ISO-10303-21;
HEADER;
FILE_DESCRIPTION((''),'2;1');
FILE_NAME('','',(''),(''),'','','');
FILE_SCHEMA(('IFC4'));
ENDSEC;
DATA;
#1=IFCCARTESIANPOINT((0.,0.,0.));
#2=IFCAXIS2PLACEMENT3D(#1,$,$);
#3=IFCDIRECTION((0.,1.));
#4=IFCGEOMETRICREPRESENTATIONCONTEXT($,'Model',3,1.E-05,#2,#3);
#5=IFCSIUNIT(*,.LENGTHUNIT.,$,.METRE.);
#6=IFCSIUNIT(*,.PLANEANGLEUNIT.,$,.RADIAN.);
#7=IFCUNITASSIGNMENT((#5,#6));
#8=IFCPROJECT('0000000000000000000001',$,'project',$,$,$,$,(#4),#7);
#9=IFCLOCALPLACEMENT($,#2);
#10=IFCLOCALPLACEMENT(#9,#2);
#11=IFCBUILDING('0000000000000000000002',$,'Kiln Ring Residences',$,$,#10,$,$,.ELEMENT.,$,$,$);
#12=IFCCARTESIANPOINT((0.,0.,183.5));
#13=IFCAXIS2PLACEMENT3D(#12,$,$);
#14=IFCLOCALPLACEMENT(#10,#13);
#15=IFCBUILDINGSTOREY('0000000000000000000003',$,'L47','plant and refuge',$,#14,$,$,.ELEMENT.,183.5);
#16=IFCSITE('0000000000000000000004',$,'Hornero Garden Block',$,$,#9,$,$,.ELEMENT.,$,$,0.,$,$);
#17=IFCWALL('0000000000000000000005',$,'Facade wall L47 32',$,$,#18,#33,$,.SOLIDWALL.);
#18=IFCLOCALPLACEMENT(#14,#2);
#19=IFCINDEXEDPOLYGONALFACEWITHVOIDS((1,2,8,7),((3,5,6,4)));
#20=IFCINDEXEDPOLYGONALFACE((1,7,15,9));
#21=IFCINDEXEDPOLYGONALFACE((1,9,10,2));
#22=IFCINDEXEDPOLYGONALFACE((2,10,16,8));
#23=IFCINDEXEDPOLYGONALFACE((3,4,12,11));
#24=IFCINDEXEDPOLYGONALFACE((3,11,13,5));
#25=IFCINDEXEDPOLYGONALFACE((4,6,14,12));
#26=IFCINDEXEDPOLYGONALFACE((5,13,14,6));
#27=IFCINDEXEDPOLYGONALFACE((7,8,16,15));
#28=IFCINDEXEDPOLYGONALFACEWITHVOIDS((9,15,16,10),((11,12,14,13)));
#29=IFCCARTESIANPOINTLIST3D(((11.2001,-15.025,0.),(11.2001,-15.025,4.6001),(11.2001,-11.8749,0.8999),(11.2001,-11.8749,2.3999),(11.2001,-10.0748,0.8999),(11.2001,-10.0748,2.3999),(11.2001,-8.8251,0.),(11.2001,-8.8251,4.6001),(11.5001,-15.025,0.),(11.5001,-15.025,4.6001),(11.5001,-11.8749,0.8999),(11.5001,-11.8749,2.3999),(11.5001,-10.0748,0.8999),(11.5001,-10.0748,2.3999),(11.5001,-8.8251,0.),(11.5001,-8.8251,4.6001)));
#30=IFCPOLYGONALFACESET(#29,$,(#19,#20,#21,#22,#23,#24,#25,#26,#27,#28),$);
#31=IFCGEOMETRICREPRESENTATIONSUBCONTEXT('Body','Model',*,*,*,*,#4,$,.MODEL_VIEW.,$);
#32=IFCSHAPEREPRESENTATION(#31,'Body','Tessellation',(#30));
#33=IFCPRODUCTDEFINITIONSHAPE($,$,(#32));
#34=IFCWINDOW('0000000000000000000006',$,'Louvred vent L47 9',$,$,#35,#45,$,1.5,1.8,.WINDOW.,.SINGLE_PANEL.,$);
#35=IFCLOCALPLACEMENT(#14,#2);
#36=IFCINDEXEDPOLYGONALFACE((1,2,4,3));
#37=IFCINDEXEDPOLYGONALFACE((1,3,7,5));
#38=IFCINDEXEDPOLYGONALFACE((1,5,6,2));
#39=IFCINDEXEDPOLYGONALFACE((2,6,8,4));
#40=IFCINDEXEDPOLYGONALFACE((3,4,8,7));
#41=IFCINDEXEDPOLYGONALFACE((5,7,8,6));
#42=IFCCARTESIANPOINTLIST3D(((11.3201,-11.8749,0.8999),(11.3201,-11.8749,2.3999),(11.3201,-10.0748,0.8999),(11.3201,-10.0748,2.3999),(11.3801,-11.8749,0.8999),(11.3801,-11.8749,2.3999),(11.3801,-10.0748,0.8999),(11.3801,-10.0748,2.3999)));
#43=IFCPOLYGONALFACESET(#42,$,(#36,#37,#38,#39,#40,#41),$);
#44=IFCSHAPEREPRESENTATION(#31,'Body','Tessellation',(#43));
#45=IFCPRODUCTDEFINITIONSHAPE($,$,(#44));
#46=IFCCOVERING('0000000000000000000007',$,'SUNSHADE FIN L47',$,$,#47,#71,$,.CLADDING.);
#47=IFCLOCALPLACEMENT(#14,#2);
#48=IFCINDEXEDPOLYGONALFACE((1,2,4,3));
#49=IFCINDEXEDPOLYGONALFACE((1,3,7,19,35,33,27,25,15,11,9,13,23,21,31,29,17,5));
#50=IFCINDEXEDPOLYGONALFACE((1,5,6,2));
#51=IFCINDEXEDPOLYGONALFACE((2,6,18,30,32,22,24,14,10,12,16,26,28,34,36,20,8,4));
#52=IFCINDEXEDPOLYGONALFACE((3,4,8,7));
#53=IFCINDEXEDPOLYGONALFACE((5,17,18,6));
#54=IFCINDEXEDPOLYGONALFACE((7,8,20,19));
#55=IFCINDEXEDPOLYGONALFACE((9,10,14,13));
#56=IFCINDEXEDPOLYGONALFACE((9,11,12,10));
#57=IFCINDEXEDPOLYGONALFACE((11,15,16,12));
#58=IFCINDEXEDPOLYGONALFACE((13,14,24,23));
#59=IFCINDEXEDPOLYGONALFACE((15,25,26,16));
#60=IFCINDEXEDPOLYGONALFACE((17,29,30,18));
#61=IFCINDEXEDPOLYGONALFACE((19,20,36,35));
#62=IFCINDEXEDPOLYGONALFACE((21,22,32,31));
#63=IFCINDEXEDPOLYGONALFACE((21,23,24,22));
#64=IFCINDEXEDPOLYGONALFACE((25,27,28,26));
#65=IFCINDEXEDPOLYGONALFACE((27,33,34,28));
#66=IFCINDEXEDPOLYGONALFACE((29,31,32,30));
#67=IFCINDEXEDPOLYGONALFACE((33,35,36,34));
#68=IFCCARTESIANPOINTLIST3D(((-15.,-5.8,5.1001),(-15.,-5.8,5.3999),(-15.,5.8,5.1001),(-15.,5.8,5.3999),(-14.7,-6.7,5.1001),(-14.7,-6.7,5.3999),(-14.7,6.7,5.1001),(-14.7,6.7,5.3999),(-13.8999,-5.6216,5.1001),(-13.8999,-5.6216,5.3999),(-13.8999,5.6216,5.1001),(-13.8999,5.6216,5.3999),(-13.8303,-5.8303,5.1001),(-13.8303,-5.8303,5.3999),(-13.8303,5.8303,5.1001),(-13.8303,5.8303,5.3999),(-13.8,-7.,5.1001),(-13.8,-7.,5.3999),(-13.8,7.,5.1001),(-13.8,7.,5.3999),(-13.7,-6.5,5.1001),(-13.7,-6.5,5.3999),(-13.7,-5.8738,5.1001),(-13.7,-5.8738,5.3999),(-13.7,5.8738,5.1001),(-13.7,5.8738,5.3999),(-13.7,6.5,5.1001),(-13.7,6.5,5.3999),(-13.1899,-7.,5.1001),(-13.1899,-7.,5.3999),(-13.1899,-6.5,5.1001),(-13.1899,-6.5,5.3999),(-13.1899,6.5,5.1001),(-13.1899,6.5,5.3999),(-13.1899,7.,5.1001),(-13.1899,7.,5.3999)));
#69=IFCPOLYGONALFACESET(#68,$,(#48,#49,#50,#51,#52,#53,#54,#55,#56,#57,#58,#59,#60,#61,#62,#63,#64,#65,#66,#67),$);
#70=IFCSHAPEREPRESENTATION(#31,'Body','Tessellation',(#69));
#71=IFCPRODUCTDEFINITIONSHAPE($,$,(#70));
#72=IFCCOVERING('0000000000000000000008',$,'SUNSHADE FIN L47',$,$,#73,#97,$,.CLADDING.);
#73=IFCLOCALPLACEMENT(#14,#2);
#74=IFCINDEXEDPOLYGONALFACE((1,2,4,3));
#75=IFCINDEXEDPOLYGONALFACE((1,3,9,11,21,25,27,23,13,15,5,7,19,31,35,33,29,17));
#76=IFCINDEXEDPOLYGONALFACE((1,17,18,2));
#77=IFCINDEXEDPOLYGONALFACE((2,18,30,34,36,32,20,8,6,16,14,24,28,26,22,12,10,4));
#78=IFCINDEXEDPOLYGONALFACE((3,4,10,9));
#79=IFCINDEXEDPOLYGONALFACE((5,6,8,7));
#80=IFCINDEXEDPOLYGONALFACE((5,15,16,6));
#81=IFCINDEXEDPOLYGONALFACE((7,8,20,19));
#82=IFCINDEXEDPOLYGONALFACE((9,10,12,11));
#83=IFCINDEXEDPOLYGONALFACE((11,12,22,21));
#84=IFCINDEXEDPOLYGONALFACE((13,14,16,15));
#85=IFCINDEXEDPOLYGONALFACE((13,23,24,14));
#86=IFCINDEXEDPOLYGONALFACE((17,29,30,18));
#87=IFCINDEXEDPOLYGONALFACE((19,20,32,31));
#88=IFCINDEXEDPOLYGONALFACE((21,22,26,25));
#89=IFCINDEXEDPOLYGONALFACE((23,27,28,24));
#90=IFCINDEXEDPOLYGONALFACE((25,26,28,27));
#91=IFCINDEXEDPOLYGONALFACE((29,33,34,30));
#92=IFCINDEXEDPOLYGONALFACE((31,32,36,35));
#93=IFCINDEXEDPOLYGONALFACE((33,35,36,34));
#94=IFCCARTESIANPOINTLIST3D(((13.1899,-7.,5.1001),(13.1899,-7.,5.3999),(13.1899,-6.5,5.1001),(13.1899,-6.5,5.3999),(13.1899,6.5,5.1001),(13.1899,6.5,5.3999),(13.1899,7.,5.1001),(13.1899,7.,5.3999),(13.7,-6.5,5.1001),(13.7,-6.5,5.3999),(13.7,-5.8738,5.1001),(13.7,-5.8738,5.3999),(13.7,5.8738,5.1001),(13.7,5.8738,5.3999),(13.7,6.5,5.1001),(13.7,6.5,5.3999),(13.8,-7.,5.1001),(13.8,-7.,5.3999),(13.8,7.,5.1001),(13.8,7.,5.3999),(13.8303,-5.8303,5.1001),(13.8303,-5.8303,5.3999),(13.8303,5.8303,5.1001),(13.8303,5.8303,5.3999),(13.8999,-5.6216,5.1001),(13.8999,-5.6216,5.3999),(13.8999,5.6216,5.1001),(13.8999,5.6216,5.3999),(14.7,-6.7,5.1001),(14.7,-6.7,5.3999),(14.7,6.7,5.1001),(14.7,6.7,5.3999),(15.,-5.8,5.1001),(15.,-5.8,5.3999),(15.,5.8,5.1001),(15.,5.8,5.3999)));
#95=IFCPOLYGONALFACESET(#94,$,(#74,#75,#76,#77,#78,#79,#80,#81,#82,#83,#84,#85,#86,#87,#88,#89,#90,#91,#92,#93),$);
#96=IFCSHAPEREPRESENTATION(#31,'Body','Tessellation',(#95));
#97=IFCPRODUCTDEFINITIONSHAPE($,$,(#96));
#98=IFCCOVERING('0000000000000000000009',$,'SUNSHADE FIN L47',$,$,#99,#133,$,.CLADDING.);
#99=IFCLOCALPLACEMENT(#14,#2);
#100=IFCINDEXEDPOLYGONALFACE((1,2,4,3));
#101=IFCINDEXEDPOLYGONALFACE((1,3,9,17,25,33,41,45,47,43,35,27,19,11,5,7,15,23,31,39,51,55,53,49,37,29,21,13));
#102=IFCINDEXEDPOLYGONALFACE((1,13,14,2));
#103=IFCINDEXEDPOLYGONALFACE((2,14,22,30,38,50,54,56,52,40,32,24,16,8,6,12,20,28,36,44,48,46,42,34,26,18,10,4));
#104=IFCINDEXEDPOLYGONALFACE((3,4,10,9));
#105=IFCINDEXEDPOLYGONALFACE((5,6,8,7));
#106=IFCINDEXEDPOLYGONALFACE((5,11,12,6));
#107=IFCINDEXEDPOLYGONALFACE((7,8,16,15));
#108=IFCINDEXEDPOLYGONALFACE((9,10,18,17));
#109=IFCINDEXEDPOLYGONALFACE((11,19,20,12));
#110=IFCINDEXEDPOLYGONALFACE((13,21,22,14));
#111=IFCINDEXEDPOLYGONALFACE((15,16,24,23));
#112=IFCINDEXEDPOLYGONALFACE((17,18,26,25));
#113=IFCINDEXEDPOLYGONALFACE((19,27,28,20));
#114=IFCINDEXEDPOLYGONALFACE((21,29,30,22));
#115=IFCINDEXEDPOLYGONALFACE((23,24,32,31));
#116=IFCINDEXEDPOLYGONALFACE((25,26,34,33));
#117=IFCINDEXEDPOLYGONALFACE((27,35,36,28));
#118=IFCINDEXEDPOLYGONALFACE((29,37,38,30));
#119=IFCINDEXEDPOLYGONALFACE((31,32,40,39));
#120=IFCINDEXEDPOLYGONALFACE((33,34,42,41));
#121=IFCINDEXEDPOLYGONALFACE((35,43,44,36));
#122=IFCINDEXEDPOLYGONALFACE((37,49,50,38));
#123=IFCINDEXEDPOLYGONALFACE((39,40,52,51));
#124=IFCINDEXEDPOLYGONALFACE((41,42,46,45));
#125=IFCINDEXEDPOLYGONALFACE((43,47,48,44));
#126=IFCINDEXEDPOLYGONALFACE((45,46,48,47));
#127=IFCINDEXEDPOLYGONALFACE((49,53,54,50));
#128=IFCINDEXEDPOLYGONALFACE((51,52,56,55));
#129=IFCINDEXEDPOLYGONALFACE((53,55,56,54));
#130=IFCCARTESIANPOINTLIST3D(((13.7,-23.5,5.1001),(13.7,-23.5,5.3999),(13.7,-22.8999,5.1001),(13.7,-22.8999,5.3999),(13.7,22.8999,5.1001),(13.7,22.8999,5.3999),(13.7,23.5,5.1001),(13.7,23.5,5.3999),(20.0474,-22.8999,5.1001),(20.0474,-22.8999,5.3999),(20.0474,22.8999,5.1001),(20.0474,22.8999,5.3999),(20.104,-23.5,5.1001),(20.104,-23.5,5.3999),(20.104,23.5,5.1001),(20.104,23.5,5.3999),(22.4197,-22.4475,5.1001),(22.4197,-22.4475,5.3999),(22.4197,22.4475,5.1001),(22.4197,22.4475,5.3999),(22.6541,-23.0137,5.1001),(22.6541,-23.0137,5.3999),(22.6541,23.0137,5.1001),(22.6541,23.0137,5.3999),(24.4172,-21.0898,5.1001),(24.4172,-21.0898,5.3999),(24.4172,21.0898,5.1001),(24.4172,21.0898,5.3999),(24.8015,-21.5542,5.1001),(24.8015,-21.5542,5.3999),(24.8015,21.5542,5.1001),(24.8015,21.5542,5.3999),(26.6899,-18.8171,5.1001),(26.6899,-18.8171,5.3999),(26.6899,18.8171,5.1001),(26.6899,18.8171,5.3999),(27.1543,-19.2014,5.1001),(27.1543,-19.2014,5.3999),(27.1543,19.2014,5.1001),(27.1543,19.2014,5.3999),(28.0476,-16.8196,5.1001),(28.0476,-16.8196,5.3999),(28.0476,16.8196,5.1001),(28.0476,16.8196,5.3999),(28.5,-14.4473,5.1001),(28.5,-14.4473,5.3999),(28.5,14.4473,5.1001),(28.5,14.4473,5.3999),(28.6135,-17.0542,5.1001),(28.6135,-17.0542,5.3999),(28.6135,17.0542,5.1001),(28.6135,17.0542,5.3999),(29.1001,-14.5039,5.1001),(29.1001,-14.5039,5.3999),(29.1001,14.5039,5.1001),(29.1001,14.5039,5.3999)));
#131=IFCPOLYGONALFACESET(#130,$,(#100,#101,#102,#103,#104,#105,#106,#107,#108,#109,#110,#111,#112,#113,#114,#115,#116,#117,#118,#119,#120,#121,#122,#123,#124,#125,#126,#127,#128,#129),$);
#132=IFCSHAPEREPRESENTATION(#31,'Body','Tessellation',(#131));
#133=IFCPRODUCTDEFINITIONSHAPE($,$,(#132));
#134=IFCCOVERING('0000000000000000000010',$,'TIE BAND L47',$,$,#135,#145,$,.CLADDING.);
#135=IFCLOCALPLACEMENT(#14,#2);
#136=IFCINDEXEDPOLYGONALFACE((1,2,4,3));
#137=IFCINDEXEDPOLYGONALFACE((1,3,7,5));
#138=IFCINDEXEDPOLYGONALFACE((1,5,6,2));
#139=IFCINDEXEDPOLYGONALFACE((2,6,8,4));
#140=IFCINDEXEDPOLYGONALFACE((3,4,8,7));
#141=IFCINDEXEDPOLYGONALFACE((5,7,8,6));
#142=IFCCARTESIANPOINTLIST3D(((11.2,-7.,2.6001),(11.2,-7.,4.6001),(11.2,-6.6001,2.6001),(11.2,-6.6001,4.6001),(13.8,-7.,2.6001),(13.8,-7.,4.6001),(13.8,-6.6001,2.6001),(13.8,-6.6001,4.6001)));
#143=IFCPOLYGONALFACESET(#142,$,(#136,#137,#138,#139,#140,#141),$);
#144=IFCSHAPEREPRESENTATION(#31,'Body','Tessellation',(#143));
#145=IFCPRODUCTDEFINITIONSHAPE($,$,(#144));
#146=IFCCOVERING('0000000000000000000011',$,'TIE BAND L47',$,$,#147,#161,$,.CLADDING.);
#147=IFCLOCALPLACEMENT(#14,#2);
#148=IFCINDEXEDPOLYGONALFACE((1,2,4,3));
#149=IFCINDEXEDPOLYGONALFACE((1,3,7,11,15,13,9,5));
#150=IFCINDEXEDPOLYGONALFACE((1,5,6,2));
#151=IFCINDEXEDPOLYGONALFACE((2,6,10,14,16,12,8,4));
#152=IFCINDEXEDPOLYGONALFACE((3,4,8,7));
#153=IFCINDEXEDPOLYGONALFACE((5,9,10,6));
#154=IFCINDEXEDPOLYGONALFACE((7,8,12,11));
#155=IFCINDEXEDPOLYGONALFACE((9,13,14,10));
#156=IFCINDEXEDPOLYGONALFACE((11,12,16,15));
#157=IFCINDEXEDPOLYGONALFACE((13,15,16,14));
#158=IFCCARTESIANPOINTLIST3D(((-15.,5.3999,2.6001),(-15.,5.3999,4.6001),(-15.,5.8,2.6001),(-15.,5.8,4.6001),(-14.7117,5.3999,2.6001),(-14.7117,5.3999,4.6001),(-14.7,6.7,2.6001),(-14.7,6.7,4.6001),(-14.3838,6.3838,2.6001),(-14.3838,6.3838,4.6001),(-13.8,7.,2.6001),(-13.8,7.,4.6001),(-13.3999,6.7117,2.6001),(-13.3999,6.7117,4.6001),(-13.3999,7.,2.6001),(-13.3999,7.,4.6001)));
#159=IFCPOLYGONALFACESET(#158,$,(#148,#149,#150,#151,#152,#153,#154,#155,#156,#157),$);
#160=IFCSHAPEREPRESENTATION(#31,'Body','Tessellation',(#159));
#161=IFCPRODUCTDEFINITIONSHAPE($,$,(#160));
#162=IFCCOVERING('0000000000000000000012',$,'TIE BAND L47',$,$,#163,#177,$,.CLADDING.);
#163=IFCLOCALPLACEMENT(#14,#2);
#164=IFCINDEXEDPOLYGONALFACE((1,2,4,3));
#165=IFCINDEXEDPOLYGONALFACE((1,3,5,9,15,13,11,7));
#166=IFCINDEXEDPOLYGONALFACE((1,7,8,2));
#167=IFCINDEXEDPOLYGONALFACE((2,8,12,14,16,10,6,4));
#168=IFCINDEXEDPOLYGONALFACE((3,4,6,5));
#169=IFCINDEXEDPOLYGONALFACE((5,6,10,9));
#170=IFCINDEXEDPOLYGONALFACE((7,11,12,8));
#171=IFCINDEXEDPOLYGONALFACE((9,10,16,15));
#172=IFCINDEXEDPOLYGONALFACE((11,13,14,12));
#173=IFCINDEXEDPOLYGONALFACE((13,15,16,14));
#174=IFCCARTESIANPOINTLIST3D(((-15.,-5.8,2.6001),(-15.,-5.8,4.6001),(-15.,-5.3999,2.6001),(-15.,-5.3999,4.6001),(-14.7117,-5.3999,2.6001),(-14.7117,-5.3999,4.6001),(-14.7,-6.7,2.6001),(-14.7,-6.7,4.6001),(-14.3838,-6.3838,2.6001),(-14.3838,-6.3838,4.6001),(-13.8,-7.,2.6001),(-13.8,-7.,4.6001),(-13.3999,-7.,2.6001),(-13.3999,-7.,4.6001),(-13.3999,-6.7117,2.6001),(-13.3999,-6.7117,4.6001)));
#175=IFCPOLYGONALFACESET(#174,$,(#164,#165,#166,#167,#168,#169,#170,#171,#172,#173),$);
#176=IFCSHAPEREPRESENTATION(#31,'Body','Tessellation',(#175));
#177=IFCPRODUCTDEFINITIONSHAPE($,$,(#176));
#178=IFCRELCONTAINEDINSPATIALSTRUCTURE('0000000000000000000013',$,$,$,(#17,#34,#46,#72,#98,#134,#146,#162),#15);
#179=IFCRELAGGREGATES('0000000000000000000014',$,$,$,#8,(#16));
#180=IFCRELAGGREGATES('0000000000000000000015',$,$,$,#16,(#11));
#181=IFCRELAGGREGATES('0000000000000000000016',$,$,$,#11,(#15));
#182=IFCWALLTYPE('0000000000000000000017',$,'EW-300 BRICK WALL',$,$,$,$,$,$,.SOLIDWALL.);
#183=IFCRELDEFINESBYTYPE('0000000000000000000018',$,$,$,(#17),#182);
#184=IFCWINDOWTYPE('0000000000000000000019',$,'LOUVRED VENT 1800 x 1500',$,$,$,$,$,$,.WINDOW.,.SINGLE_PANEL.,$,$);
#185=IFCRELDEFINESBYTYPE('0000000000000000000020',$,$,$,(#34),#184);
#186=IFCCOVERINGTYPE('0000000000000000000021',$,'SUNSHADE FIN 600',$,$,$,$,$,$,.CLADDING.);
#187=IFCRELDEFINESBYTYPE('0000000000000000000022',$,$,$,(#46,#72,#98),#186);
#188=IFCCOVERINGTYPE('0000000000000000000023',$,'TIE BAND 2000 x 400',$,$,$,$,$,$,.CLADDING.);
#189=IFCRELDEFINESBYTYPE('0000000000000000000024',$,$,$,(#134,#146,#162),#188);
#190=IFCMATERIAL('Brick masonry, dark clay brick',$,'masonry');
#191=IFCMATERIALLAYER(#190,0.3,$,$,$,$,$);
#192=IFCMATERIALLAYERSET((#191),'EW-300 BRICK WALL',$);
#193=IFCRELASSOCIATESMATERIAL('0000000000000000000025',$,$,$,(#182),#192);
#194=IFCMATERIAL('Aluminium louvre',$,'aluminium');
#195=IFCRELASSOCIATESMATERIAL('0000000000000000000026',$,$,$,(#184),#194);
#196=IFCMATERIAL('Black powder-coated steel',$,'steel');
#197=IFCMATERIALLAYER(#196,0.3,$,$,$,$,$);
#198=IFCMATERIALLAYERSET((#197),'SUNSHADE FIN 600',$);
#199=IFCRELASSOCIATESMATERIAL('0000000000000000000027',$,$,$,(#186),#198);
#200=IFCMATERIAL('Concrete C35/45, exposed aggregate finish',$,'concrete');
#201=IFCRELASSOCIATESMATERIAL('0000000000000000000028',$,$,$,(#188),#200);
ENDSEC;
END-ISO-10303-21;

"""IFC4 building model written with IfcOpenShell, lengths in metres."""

from ifc_helpers import new_model, si_unit, direction, frame, frame_2d, origin, origin_2d, place, context, subcontext, project, spatial, polyline, rectangle, outline, extrude, material, layer, layer_set, type_object, element, fill, save


model = new_model("IFC4")

# Units and contexts
model_context = context("Model", 3, precision=1e-05, world=origin(), true_north=direction((0.0, 1.0)))
body_context = subcontext(model_context, "Body", "Model", "MODEL_VIEW")
ifc_project = project(units=[si_unit("LENGTHUNIT", "METRE"), si_unit("PLANEANGLEUNIT", "RADIAN")], contexts=[model_context])

# Site, building, storey
site_placement = place(None, origin())
site = spatial("IfcSite", under=ifc_project, at=site_placement, Name="Hornero Garden Block", CompositionType="ELEMENT", RefElevation=0.0)
building_placement = place(site_placement, origin())
building = spatial("IfcBuilding", under=site, at=building_placement, Name="Kiln Ring Residences", CompositionType="ELEMENT")
storey_placement = place(building_placement, frame((0.0, 0.0, 183.5)))
storey = spatial("IfcBuildingStorey", under=building, at=storey_placement, Name="L47", Description="plant and refuge", CompositionType="ELEMENT", Elevation=183.5)

# Shared definitions
ifc_material_1 = material(Name="Brick masonry, dark clay brick", Category="masonry")
ifc_layer_1 = layer(ifc_material_1, 0.3)
ifc_layer_set_1 = layer_set([ifc_layer_1], Name="EW-300 BRICK WALL")
wall_type_1 = type_object("IfcWallType", Name="EW-300 BRICK WALL", PredefinedType="SOLIDWALL", material=ifc_layer_set_1)

# Wall, opening, window
wall_1_placement = place(storey_placement, frame((11.3501, -8.825, 0.0), z_axis=(0.0, 0.0, 1.0), x_axis=(0.0, -1.0, 0.0)))
wall_1 = element("IfcWall", 1, at=wall_1_placement, inside=storey, type_object=wall_type_1, Name="Facade wall L47 32", PredefinedType="SOLIDWALL", context=body_context, shape_type="SweptSolid", body=[
    extrude(rectangle(XDim=6.2, YDim=0.3, at=frame_2d((3.1001, 0.0))), origin(), (0.0, 0.0, 1.0), 4.6001),
])
opening_1_placement = place(wall_1_placement, frame((1.25, 0.0, 0.8999)))
opening_1 = element("IfcOpeningElement", 2, at=opening_1_placement, cuts=wall_1, PredefinedType="OPENING", context=body_context, shape_type="SweptSolid", body=[
    extrude(rectangle(XDim=1.8, YDim=1.5, at=frame_2d((0.8999, 0.75))), frame((0.0, 0.1599, 0.0), z_axis=(0.0, -1.0, 0.0), x_axis=(1.0, 0.0, 0.0)), (0.0, 0.0, 1.0), 0.3201),
])
ifc_material_2 = material(Name="Aluminium louvre", Category="aluminium")
window_type = type_object("IfcWindowType", Name="LOUVRED VENT 1800 x 1500", PartitioningType="SINGLE_PANEL", PredefinedType="WINDOW", material=ifc_material_2)
window_placement = place(opening_1_placement, origin())
window = element("IfcWindow", 3, at=window_placement, inside=storey, type_object=window_type, Name="Louvred vent L47 9", OverallHeight=1.5, OverallWidth=1.8, PartitioningType="SINGLE_PANEL", PredefinedType="WINDOW", context=body_context, shape_type="SweptSolid", body=[
    extrude(rectangle(XDim=1.8, YDim=1.5, at=frame_2d((0.8999, 0.75))), frame((0.0, 0.03, 0.0), z_axis=(0.0, -1.0, 0.0), x_axis=(1.0, 0.0, 0.0)), (0.0, 0.0, 1.0), 0.0601),
])
fill(opening_1, window)

# Coverings
ifc_material_3 = material(Name="Black powder-coated steel", Category="steel")
ifc_layer_2 = layer(ifc_material_3, 0.3)
ifc_layer_set_2 = layer_set([ifc_layer_2], Name="SUNSHADE FIN 600")
covering_type_1 = type_object("IfcCoveringType", Name="SUNSHADE FIN 600", PredefinedType="CLADDING", material=ifc_layer_set_2)
placement_1 = place(storey_placement, frame((0.0, 0.0, 5.1001)))
element("IfcCovering", 4, at=placement_1, inside=storey, type_object=covering_type_1, Name="SUNSHADE FIN L47", PredefinedType="CLADDING", context=body_context, shape_type="SweptSolid", body=[
    extrude(outline(polyline([(-13.7, 5.8738), (-13.7, 6.5), (-13.1899, 6.5), (-13.1899, 7.0), (-13.8, 7.0), (-14.7, 6.7), (-15.0, 5.8), (-15.0, -5.8), (-14.7, -6.7), (-13.8, -7.0), (-13.1899, -7.0), (-13.1899, -6.5), (-13.7, -6.5), (-13.7, -5.8738), (-13.8303, -5.8303), (-13.8999, -5.6216), (-13.8999, 5.6216), (-13.8303, 5.8303), (-13.7, 5.8738)])), origin(), (0.0, 0.0, 1.0), 0.2998),
])
element("IfcCovering", 5, at=placement_1, inside=storey, type_object=covering_type_1, Name="SUNSHADE FIN L47", PredefinedType="CLADDING", context=body_context, shape_type="SweptSolid", body=[
    extrude(outline(polyline([(13.1899, 6.5), (13.7, 6.5), (13.7, 5.8738), (13.8303, 5.8303), (13.8999, 5.6216), (13.8999, -5.6216), (13.8303, -5.8303), (13.7, -5.8738), (13.7, -6.5), (13.1899, -6.5), (13.1899, -7.0), (13.8, -7.0), (14.7, -6.7), (15.0, -5.8), (15.0, 5.8), (14.7, 6.7), (13.8, 7.0), (13.1899, 7.0), (13.1899, 6.5)])), origin(), (0.0, 0.0, 1.0), 0.2998),
])
element("IfcCovering", 6, at=placement_1, inside=storey, type_object=covering_type_1, Name="SUNSHADE FIN L47", PredefinedType="CLADDING", context=body_context, shape_type="SweptSolid", body=[
    extrude(outline(polyline([(20.104, 23.5), (13.7, 23.5), (13.7, 22.8999), (20.0474, 22.8999), (22.4197, 22.4475), (24.4172, 21.0898), (26.6899, 18.8171), (28.0476, 16.8196), (28.5, 14.4473), (28.5, -14.4473), (28.0476, -16.8196), (26.6899, -18.8171), (24.4172, -21.0898), (22.4197, -22.4475), (20.0474, -22.8999), (13.7, -22.8999), (13.7, -23.5), (20.104, -23.5), (22.6541, -23.0137), (24.8015, -21.5542), (27.1543, -19.2014), (28.6135, -17.0542), (29.1001, -14.5039), (29.1001, 14.5039), (28.6135, 17.0542), (27.1543, 19.2014), (24.8015, 21.5542), (22.6541, 23.0137), (20.104, 23.5)])), origin(), (0.0, 0.0, 1.0), 0.2998),
])
ifc_material_4 = material(Name="Concrete C35/45, exposed aggregate finish", Category="concrete")
covering_type_2 = type_object("IfcCoveringType", Name="TIE BAND 2000 x 400", PredefinedType="CLADDING", material=ifc_material_4)
covering_1_placement = place(storey_placement, frame((12.5, -6.8, 2.6001), z_axis=(0.0, 0.0, 1.0), x_axis=(-1.0, 0.0, 0.0)))
element("IfcCovering", 7, at=covering_1_placement, inside=storey, type_object=covering_type_2, Name="TIE BAND L47", PredefinedType="CLADDING", context=body_context, shape_type="SweptSolid", body=[
    extrude(rectangle(XDim=2.6001, YDim=0.3999, at=origin_2d()), origin(), (0.0, 0.0, 1.0), 2.0),
])
placement_2 = place(storey_placement, frame((0.0, 0.0, 2.6001)))
element("IfcCovering", 8, at=placement_2, inside=storey, type_object=covering_type_2, Name="TIE BAND L47", PredefinedType="CLADDING", context=body_context, shape_type="SweptSolid", body=[
    extrude(outline(polyline([(-15.0, 5.8), (-15.0, 5.3999), (-14.7117, 5.3999), (-14.3838, 6.3838), (-13.3999, 6.7117), (-13.3999, 7.0), (-13.8, 7.0), (-14.7, 6.7), (-15.0, 5.8)])), origin(), (0.0, 0.0, 1.0), 2.0),
])
element("IfcCovering", 9, at=placement_2, inside=storey, type_object=covering_type_2, Name="TIE BAND L47", PredefinedType="CLADDING", context=body_context, shape_type="SweptSolid", body=[
    extrude(outline(polyline([(-13.8, -7.0), (-13.3999, -7.0), (-13.3999, -6.7117), (-14.3838, -6.3838), (-14.7117, -5.3999), (-15.0, -5.3999), (-15.0, -5.8), (-14.7, -6.7), (-13.8, -7.0)])), origin(), (0.0, 0.0, 1.0), 2.0),
])

save(model, "model.ifc")
